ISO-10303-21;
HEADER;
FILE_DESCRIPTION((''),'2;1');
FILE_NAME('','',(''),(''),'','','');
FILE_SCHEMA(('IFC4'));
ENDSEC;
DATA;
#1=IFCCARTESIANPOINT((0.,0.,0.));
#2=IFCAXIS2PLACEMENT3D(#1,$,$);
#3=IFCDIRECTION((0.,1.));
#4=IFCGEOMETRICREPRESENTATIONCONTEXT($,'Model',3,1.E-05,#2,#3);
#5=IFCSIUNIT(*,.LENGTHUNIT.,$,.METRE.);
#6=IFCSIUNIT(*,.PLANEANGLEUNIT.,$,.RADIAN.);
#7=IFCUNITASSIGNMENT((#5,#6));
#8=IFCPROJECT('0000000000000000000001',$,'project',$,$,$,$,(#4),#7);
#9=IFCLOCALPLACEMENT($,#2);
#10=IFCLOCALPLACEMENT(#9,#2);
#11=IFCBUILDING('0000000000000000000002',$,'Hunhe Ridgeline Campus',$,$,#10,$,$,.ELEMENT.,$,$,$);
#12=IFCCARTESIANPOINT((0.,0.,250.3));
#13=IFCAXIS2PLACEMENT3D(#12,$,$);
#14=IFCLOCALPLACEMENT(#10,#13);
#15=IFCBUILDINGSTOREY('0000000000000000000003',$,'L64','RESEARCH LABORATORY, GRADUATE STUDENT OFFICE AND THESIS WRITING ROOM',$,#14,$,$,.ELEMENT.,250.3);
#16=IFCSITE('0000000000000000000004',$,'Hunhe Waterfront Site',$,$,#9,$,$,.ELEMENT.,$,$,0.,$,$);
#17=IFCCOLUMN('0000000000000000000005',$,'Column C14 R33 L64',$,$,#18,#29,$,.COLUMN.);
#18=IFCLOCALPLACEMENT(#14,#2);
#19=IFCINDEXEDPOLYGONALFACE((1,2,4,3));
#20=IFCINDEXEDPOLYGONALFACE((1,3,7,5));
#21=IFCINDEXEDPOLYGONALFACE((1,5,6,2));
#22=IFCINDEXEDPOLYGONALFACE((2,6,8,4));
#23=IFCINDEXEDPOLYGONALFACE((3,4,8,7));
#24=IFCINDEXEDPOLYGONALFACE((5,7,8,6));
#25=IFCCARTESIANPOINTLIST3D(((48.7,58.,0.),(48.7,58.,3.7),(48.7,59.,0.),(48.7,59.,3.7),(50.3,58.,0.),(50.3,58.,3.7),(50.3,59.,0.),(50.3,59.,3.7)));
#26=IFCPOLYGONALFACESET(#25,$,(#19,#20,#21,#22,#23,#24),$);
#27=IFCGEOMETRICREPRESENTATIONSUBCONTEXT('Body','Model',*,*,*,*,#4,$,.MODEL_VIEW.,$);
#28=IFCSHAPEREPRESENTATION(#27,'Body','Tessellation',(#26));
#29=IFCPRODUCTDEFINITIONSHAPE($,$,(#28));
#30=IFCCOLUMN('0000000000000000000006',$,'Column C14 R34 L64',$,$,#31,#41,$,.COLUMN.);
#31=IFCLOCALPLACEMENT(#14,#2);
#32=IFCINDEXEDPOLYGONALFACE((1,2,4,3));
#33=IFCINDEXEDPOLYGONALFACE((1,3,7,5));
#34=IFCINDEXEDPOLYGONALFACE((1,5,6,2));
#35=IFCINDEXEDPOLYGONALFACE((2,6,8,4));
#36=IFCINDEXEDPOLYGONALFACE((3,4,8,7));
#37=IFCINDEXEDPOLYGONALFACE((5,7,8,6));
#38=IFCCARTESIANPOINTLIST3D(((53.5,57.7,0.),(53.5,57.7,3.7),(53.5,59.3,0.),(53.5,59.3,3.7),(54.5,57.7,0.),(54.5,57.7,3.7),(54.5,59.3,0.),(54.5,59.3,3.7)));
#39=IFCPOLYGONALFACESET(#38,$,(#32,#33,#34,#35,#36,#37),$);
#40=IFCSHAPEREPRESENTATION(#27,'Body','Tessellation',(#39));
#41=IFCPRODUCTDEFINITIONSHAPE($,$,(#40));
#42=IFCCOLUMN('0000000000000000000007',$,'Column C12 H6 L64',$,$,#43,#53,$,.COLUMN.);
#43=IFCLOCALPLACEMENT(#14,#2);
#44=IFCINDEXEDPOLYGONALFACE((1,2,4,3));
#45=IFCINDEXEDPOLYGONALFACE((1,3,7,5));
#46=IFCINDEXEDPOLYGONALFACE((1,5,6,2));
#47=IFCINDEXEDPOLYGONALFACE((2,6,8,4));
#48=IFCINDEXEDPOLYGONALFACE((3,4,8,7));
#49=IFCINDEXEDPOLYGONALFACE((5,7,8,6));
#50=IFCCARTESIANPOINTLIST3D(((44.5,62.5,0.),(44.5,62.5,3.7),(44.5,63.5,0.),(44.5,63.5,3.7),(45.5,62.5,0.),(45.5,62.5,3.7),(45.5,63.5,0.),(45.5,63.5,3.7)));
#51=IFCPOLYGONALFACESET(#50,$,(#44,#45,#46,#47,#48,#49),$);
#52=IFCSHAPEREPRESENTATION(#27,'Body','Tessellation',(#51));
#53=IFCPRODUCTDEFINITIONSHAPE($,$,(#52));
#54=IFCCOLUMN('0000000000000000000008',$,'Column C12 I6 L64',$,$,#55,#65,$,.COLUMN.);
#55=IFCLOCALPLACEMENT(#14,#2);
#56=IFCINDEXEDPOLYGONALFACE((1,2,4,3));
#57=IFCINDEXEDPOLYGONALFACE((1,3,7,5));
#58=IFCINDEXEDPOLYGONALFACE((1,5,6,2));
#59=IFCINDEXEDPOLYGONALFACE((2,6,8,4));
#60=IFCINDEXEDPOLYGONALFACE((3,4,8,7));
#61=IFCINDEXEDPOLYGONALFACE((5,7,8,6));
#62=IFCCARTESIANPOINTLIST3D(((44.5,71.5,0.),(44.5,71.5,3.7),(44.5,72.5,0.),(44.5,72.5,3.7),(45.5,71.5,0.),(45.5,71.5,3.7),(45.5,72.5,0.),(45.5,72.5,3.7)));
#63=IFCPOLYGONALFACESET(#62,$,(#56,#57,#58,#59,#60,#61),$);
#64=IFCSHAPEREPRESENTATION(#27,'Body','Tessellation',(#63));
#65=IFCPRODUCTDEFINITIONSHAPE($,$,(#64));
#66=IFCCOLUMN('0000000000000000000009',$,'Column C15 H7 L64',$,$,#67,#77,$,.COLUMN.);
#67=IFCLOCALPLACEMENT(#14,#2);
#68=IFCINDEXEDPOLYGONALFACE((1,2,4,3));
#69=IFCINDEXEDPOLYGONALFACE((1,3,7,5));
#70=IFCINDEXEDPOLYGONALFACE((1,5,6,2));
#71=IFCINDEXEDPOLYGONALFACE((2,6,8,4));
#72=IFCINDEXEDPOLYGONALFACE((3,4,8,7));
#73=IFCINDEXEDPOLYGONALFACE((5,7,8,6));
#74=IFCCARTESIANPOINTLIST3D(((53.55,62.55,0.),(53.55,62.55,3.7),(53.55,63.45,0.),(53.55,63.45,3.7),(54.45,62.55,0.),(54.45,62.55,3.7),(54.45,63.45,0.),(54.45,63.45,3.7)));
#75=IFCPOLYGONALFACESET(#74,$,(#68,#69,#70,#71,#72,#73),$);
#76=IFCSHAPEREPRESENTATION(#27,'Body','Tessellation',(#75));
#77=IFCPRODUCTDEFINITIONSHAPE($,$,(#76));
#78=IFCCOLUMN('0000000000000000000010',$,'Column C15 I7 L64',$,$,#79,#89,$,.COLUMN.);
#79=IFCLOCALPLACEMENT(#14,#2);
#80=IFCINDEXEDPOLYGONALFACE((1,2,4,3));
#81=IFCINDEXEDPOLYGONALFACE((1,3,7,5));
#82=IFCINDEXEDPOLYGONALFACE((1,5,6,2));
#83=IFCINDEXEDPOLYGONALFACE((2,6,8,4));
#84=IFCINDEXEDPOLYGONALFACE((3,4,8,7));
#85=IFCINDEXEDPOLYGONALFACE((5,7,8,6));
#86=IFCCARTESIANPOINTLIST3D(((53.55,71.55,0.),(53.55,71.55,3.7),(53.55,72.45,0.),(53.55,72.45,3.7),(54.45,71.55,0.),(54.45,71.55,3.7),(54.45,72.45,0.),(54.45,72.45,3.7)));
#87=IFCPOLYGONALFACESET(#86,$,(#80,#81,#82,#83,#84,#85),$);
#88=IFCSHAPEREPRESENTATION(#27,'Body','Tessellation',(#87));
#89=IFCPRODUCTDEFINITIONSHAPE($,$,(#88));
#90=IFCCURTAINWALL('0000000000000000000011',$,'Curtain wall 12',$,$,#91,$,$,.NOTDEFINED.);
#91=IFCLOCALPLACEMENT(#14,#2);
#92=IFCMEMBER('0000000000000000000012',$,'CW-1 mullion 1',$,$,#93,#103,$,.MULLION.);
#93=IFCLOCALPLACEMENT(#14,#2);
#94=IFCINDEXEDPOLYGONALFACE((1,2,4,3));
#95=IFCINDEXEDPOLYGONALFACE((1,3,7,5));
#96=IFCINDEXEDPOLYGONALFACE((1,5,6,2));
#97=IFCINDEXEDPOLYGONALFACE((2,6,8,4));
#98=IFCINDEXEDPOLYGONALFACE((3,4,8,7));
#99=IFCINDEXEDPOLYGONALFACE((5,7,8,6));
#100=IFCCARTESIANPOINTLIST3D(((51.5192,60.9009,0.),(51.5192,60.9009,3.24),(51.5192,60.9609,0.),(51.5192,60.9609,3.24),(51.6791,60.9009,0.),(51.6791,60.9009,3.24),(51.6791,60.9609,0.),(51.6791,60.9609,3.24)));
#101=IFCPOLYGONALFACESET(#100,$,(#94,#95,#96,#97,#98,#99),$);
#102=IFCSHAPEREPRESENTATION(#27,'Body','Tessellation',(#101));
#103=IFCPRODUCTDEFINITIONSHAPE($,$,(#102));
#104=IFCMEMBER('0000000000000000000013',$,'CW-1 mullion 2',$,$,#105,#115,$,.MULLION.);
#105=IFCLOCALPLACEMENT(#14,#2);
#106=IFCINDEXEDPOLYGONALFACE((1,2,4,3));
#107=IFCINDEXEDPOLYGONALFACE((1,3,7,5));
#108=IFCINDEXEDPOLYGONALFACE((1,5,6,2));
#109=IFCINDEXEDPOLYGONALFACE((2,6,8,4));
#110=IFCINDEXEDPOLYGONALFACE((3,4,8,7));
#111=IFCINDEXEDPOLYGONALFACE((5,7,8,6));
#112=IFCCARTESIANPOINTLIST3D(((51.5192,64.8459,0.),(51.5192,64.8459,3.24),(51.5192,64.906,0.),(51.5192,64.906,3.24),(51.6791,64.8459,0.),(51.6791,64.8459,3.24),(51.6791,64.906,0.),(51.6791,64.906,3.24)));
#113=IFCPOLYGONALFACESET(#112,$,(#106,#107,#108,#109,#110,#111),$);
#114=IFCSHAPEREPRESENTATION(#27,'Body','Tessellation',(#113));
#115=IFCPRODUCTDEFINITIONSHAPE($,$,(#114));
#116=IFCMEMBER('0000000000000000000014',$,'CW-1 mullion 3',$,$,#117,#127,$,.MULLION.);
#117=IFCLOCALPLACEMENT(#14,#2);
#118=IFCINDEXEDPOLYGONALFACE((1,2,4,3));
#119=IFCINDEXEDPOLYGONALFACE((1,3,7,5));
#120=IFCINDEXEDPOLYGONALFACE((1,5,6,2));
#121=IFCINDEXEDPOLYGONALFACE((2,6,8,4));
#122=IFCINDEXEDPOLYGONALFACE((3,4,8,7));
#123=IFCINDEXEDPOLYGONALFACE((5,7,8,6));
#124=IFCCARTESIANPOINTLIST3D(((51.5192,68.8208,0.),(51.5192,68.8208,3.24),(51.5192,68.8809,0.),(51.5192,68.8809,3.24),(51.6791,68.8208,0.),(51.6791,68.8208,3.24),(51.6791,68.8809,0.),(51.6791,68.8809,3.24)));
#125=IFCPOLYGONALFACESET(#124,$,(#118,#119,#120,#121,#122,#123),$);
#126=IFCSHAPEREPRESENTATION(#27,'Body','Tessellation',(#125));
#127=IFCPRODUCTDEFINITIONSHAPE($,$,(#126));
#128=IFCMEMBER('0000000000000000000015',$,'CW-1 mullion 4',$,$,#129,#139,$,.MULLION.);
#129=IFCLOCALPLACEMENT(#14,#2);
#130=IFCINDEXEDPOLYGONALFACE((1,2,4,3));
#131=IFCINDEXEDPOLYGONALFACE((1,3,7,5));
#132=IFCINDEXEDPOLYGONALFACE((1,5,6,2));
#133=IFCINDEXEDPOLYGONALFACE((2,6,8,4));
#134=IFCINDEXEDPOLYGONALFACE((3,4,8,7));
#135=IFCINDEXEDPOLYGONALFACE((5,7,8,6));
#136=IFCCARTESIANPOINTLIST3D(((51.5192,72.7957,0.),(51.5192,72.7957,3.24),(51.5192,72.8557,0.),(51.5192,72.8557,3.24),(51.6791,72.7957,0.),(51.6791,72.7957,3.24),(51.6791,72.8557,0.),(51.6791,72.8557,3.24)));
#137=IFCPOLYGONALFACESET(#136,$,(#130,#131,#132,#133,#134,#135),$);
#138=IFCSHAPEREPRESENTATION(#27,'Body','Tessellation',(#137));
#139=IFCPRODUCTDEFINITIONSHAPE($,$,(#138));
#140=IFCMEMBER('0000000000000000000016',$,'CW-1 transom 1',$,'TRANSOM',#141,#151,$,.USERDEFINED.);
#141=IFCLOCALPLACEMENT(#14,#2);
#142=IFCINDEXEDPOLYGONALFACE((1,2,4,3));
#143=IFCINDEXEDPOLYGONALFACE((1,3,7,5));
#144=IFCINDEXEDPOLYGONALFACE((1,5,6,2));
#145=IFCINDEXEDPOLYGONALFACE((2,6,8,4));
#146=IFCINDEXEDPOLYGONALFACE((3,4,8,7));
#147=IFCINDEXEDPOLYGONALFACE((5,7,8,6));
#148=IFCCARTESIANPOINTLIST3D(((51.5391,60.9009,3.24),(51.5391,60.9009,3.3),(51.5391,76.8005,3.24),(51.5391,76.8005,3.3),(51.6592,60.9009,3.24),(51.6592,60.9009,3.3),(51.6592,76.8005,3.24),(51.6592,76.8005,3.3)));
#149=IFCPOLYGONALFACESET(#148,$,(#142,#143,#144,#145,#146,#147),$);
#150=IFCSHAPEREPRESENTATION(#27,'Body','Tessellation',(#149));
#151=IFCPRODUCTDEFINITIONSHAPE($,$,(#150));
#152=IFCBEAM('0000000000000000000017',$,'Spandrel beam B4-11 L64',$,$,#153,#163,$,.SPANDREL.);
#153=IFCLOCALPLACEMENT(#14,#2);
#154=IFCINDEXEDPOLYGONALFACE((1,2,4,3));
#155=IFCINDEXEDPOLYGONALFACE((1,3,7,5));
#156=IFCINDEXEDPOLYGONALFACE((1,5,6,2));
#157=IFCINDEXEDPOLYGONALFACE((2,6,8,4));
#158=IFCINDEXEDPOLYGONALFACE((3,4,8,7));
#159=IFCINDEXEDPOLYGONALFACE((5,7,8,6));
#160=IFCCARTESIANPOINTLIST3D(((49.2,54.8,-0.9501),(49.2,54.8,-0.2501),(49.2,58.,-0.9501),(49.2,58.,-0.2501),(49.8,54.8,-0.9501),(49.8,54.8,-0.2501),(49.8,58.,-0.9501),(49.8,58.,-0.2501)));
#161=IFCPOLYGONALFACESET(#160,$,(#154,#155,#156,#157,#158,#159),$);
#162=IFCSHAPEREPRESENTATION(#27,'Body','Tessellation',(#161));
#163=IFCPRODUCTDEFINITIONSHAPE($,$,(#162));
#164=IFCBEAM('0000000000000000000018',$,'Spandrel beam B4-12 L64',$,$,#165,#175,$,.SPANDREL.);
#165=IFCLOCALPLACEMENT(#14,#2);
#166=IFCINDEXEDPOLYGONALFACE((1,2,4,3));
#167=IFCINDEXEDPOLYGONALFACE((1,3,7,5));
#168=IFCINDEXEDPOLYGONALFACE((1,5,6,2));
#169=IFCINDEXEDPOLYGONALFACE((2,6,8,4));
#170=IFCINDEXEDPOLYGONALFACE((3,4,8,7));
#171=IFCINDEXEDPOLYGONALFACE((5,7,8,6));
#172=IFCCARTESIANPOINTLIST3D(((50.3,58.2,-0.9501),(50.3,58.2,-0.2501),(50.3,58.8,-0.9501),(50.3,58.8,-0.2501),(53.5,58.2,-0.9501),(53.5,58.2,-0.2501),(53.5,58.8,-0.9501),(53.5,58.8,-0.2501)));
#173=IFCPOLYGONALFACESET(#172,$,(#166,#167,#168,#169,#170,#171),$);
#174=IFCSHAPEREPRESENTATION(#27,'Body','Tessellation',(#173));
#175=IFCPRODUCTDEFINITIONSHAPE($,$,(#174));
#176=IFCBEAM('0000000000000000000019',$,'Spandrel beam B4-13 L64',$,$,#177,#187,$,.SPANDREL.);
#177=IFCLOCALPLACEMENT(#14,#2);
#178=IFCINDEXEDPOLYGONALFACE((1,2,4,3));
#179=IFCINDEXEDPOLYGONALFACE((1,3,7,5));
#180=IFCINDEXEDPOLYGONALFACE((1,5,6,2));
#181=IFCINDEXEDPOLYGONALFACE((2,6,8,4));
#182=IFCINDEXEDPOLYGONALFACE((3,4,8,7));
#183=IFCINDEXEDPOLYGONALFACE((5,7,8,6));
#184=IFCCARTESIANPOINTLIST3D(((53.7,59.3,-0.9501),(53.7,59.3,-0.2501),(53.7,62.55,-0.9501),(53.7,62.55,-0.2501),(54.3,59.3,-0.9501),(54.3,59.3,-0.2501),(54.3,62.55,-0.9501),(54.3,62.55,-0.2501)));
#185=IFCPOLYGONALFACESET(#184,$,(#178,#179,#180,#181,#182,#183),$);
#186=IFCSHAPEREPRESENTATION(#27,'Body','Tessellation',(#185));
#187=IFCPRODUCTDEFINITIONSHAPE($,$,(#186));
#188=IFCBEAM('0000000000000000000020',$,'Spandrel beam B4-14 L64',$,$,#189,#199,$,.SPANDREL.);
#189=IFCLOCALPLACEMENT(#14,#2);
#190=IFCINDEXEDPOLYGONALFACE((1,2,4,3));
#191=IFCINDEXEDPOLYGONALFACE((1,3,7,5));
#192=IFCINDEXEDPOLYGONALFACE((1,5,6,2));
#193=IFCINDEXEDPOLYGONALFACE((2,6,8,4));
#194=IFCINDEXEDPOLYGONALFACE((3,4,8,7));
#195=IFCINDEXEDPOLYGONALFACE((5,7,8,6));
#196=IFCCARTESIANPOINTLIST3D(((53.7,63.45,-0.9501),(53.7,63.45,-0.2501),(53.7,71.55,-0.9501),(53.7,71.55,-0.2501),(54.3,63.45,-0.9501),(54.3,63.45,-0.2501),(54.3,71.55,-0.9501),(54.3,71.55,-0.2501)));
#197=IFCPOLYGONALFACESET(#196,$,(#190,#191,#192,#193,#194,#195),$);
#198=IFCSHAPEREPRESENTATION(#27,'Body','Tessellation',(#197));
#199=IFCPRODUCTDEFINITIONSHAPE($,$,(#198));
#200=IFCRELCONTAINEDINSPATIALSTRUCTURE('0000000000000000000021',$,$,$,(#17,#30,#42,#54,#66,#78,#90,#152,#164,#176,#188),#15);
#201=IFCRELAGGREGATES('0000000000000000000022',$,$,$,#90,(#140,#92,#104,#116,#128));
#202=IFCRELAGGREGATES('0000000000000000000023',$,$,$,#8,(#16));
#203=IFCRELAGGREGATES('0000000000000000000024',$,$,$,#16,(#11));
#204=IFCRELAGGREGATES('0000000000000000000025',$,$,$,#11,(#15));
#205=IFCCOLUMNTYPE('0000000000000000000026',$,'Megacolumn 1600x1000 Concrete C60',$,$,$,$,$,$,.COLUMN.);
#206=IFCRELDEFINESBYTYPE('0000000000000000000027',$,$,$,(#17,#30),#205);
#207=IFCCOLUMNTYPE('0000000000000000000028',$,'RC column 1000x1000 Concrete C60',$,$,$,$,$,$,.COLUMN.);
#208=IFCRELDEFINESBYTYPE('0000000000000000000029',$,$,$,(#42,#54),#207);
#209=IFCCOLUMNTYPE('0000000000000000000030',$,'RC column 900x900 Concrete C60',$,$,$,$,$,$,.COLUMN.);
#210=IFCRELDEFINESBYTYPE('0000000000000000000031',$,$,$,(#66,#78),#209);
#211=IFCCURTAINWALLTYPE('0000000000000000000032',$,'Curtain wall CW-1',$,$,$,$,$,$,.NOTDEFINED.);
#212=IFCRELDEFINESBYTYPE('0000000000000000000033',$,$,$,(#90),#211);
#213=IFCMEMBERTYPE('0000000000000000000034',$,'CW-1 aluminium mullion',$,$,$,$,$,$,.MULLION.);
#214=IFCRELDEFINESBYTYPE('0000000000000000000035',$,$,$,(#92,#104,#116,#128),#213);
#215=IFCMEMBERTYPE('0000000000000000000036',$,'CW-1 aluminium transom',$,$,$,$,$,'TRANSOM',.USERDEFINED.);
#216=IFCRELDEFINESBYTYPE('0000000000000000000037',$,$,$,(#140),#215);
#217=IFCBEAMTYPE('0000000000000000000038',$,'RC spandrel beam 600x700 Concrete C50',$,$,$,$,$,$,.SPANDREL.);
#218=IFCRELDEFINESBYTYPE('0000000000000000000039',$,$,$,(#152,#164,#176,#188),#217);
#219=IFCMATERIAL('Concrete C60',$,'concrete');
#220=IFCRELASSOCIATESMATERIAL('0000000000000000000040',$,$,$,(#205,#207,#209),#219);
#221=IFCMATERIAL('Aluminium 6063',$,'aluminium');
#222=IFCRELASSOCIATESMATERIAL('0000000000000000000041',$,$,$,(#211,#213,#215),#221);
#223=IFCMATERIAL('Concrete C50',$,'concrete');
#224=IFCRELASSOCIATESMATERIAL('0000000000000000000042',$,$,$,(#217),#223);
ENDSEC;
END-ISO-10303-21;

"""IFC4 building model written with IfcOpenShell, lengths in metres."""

from ifc_helpers import new_model, si_unit, direction, frame, origin, origin_2d, place, context, subcontext, project, spatial, rectangle, extrude, material, material_profile, profile_set, type_object, element, aggregate, save


model = new_model("IFC4")

# Units and contexts
model_context = context("Model", 3, precision=1e-05, world=origin(), true_north=direction((0.0, 1.0)))
body_context = subcontext(model_context, "Body", "Model", "MODEL_VIEW")
ifc_project = project(units=[si_unit("LENGTHUNIT", "METRE"), si_unit("PLANEANGLEUNIT", "RADIAN")], contexts=[model_context])

# Site, building, storey
site_placement = place(None, origin())
site = spatial("IfcSite", under=ifc_project, at=site_placement, Name="Hunhe Waterfront Site", CompositionType="ELEMENT", RefElevation=0.0)
building_placement = place(site_placement, origin())
building = spatial("IfcBuilding", under=site, at=building_placement, Name="Hunhe Ridgeline Campus", CompositionType="ELEMENT")
storey_placement = place(building_placement, frame((0.0, 0.0, 250.3)))
storey = spatial("IfcBuildingStorey", under=building, at=storey_placement, Name="L64", Description="RESEARCH LABORATORY, GRADUATE STUDENT OFFICE AND THESIS WRITING ROOM", CompositionType="ELEMENT", Elevation=250.3)

# Columns
ifc_material_1 = material(Name="Concrete C60", Category="concrete")
ifc_material_profile_1 = material_profile(ifc_material_1, rectangle(XDim=1.6001, YDim=1.0, at=origin_2d()))
ifc_profile_set_1 = profile_set([ifc_material_profile_1], Name="Concrete C60")
column_type_1 = type_object("IfcColumnType", Name="Megacolumn 1600x1000 Concrete C60", PredefinedType="COLUMN", material=ifc_profile_set_1)
for number, where, z_axis, x_axis, name in (
    (1, (49.5, 58.5, 0.0), (0.0, 0.0, 1.0), (1.0, 0.0, 0.0), "Column C14 R33 L64"),
    (2, (54.0, 58.5, 0.0), (0.0, 0.0, 1.0), (0.0, 1.0, 0.0), "Column C14 R34 L64"),
):
    element("IfcColumn", number, at=place(storey_placement, frame(where, z_axis=z_axis, x_axis=x_axis)), inside=storey, type_object=column_type_1, Name=name, PredefinedType="COLUMN", context=body_context, shape_type="SweptSolid", body=[
        extrude(rectangle(XDim=1.6001, YDim=1.0, at=origin_2d()), origin(), (0.0, 0.0, 1.0), 3.7),
    ])
ifc_material_profile_2 = material_profile(ifc_material_1, rectangle(XDim=1.0, YDim=1.0, at=origin_2d()))
ifc_profile_set_2 = profile_set([ifc_material_profile_2], Name="Concrete C60")
column_type_2 = type_object("IfcColumnType", Name="RC column 1000x1000 Concrete C60", PredefinedType="COLUMN", material=ifc_profile_set_2)
for number, where, z_axis, x_axis, name in (
    (3, (45.0, 63.0, 0.0), (0.0, 0.0, 1.0), (1.0, 0.0, 0.0), "Column C12 H6 L64"),
    (4, (45.0, 72.0, 0.0), (0.0, 0.0, 1.0), (1.0, 0.0, 0.0), "Column C12 I6 L64"),
):
    element("IfcColumn", number, at=place(storey_placement, frame(where, z_axis=z_axis, x_axis=x_axis)), inside=storey, type_object=column_type_2, Name=name, PredefinedType="COLUMN", context=body_context, shape_type="SweptSolid", body=[
        extrude(rectangle(XDim=1.0, YDim=1.0, at=origin_2d()), origin(), (0.0, 0.0, 1.0), 3.7),
    ])
ifc_material_profile_3 = material_profile(ifc_material_1, rectangle(XDim=0.8999, YDim=0.8999, at=origin_2d()))
ifc_profile_set_3 = profile_set([ifc_material_profile_3], Name="Concrete C60")
column_type_3 = type_object("IfcColumnType", Name="RC column 900x900 Concrete C60", PredefinedType="COLUMN", material=ifc_profile_set_3)
for number, where, z_axis, x_axis, name in (
    (5, (54.0, 63.0, 0.0), (0.0, 0.0, 1.0), (1.0, 0.0, 0.0), "Column C15 H7 L64"),
    (6, (54.0, 72.0, 0.0), (0.0, 0.0, 1.0), (1.0, 0.0, 0.0), "Column C15 I7 L64"),
):
    element("IfcColumn", number, at=place(storey_placement, frame(where, z_axis=z_axis, x_axis=x_axis)), inside=storey, type_object=column_type_3, Name=name, PredefinedType="COLUMN", context=body_context, shape_type="SweptSolid", body=[
        extrude(rectangle(XDim=0.8999, YDim=0.8999, at=origin_2d()), origin(), (0.0, 0.0, 1.0), 3.7),
    ])

# Curtain wall, members
ifc_material_2 = material(Name="Aluminium 6063", Category="aluminium")
curtain_wall_type = type_object("IfcCurtainWallType", Name="Curtain wall CW-1", PredefinedType="NOTDEFINED", material=ifc_material_2)
curtain_wall_placement = place(storey_placement, origin())
curtain_wall = element("IfcCurtainWall", 7, at=curtain_wall_placement, inside=storey, type_object=curtain_wall_type, Name="Curtain wall 12", PredefinedType="NOTDEFINED")
ifc_material_profile_4 = material_profile(ifc_material_2, rectangle(XDim=0.1599, YDim=0.0601, at=origin_2d()))
ifc_profile_set_4 = profile_set([ifc_material_profile_4], Name="Aluminium 6063")
member_type_1 = type_object("IfcMemberType", Name="CW-1 aluminium mullion", PredefinedType="MULLION", material=ifc_profile_set_4)
member_1_placement = place(storey_placement, frame((51.5991, 60.9309, 0.0), z_axis=(0.0, 0.0, 1.0), x_axis=(-1.0, 0.0, 0.0)))
member_1 = element("IfcMember", 8, at=member_1_placement, type_object=member_type_1, Name="CW-1 mullion 1", PredefinedType="MULLION", context=body_context, shape_type="SweptSolid", body=[
    extrude(rectangle(XDim=0.1599, YDim=0.0601, at=origin_2d()), origin(), (0.0, 0.0, 1.0), 3.24),
])
member_2_placement = place(storey_placement, frame((51.5991, 64.876, 0.0), z_axis=(0.0, 0.0, 1.0), x_axis=(-1.0, 0.0, 0.0)))
member_2 = element("IfcMember", 9, at=member_2_placement, type_object=member_type_1, Name="CW-1 mullion 2", PredefinedType="MULLION", context=body_context, shape_type="SweptSolid", body=[
    extrude(rectangle(XDim=0.1599, YDim=0.0601, at=origin_2d()), origin(), (0.0, 0.0, 1.0), 3.24),
])
member_3_placement = place(storey_placement, frame((51.5991, 68.8508, 0.0), z_axis=(0.0, 0.0, 1.0), x_axis=(-1.0, 0.0, 0.0)))
member_3 = element("IfcMember", 10, at=member_3_placement, type_object=member_type_1, Name="CW-1 mullion 3", PredefinedType="MULLION", context=body_context, shape_type="SweptSolid", body=[
    extrude(rectangle(XDim=0.1599, YDim=0.0601, at=origin_2d()), origin(), (0.0, 0.0, 1.0), 3.24),
])
member_4_placement = place(storey_placement, frame((51.5991, 72.8257, 0.0), z_axis=(0.0, 0.0, 1.0), x_axis=(-1.0, 0.0, 0.0)))
member_4 = element("IfcMember", 11, at=member_4_placement, type_object=member_type_1, Name="CW-1 mullion 4", PredefinedType="MULLION", context=body_context, shape_type="SweptSolid", body=[
    extrude(rectangle(XDim=0.1599, YDim=0.0601, at=origin_2d()), origin(), (0.0, 0.0, 1.0), 3.24),
])
ifc_material_profile_5 = material_profile(ifc_material_2, rectangle(XDim=0.1201, YDim=0.0601, at=origin_2d()))
ifc_profile_set_5 = profile_set([ifc_material_profile_5], Name="Aluminium 6063")
member_type_2 = type_object("IfcMemberType", Name="CW-1 aluminium transom", ElementType="TRANSOM", PredefinedType="USERDEFINED", material=ifc_profile_set_5)
member_5_placement = place(storey_placement, frame((51.5991, 60.9009, 3.27), z_axis=(0.0, 1.0, 0.0), x_axis=(-1.0, 0.0, 0.0)))
member_5 = element("IfcMember", 12, at=member_5_placement, type_object=member_type_2, Name="CW-1 transom 1", ObjectType="TRANSOM", PredefinedType="USERDEFINED", context=body_context, shape_type="SweptSolid", body=[
    extrude(rectangle(XDim=0.1201, YDim=0.0601, at=origin_2d()), origin(), (0.0, 0.0, 1.0), 15.8997),
])

# Beams
ifc_material_3 = material(Name="Concrete C50", Category="concrete")
ifc_material_profile_6 = material_profile(ifc_material_3, rectangle(XDim=0.6001, YDim=0.7, at=origin_2d()))
ifc_profile_set_6 = profile_set([ifc_material_profile_6], Name="Concrete C50")
beam_type = type_object("IfcBeamType", Name="RC spandrel beam 600x700 Concrete C50", PredefinedType="SPANDREL", material=ifc_profile_set_6)
for number, where, z_axis, x_axis, name in (
    (13, (49.5, 54.8, -0.6001), (0.0, 1.0, 0.0), (-1.0, 0.0, 0.0), "Spandrel beam B4-11 L64"),
    (14, (50.3, 58.5, -0.6001), (1.0, 0.0, 0.0), (0.0, 1.0, 0.0), "Spandrel beam B4-12 L64"),
):
    element("IfcBeam", number, at=place(storey_placement, frame(where, z_axis=z_axis, x_axis=x_axis)), inside=storey, type_object=beam_type, Name=name, PredefinedType="SPANDREL", context=body_context, shape_type="SweptSolid", body=[
        extrude(rectangle(XDim=0.6001, YDim=0.7, at=origin_2d()), origin(), (0.0, 0.0, 1.0), 3.2),
    ])
beam_placement = place(storey_placement, frame((54.0, 59.3, -0.6001), z_axis=(0.0, 1.0, 0.0), x_axis=(-1.0, 0.0, 0.0)))
element("IfcBeam", 15, at=beam_placement, inside=storey, type_object=beam_type, Name="Spandrel beam B4-13 L64", PredefinedType="SPANDREL", context=body_context, shape_type="SweptSolid", body=[
    extrude(rectangle(XDim=0.6001, YDim=0.7, at=origin_2d()), origin(), (0.0, 0.0, 1.0), 3.25),
])
for number, where, z_axis, x_axis, name in (
    (16, (54.0, 63.45, -0.6001), (0.0, 1.0, 0.0), (-1.0, 0.0, 0.0), "Spandrel beam B4-14 L64"),
):
    element("IfcBeam", number, at=place(storey_placement, frame(where, z_axis=z_axis, x_axis=x_axis)), inside=storey, type_object=beam_type, Name=name, PredefinedType="SPANDREL", context=body_context, shape_type="SweptSolid", body=[
        extrude(rectangle(XDim=0.6001, YDim=0.7, at=origin_2d()), origin(), (0.0, 0.0, 1.0), 8.1001),
    ])

aggregate(curtain_wall, [member_5, member_1, member_2, member_3, member_4])

save(model, "model.ifc")
